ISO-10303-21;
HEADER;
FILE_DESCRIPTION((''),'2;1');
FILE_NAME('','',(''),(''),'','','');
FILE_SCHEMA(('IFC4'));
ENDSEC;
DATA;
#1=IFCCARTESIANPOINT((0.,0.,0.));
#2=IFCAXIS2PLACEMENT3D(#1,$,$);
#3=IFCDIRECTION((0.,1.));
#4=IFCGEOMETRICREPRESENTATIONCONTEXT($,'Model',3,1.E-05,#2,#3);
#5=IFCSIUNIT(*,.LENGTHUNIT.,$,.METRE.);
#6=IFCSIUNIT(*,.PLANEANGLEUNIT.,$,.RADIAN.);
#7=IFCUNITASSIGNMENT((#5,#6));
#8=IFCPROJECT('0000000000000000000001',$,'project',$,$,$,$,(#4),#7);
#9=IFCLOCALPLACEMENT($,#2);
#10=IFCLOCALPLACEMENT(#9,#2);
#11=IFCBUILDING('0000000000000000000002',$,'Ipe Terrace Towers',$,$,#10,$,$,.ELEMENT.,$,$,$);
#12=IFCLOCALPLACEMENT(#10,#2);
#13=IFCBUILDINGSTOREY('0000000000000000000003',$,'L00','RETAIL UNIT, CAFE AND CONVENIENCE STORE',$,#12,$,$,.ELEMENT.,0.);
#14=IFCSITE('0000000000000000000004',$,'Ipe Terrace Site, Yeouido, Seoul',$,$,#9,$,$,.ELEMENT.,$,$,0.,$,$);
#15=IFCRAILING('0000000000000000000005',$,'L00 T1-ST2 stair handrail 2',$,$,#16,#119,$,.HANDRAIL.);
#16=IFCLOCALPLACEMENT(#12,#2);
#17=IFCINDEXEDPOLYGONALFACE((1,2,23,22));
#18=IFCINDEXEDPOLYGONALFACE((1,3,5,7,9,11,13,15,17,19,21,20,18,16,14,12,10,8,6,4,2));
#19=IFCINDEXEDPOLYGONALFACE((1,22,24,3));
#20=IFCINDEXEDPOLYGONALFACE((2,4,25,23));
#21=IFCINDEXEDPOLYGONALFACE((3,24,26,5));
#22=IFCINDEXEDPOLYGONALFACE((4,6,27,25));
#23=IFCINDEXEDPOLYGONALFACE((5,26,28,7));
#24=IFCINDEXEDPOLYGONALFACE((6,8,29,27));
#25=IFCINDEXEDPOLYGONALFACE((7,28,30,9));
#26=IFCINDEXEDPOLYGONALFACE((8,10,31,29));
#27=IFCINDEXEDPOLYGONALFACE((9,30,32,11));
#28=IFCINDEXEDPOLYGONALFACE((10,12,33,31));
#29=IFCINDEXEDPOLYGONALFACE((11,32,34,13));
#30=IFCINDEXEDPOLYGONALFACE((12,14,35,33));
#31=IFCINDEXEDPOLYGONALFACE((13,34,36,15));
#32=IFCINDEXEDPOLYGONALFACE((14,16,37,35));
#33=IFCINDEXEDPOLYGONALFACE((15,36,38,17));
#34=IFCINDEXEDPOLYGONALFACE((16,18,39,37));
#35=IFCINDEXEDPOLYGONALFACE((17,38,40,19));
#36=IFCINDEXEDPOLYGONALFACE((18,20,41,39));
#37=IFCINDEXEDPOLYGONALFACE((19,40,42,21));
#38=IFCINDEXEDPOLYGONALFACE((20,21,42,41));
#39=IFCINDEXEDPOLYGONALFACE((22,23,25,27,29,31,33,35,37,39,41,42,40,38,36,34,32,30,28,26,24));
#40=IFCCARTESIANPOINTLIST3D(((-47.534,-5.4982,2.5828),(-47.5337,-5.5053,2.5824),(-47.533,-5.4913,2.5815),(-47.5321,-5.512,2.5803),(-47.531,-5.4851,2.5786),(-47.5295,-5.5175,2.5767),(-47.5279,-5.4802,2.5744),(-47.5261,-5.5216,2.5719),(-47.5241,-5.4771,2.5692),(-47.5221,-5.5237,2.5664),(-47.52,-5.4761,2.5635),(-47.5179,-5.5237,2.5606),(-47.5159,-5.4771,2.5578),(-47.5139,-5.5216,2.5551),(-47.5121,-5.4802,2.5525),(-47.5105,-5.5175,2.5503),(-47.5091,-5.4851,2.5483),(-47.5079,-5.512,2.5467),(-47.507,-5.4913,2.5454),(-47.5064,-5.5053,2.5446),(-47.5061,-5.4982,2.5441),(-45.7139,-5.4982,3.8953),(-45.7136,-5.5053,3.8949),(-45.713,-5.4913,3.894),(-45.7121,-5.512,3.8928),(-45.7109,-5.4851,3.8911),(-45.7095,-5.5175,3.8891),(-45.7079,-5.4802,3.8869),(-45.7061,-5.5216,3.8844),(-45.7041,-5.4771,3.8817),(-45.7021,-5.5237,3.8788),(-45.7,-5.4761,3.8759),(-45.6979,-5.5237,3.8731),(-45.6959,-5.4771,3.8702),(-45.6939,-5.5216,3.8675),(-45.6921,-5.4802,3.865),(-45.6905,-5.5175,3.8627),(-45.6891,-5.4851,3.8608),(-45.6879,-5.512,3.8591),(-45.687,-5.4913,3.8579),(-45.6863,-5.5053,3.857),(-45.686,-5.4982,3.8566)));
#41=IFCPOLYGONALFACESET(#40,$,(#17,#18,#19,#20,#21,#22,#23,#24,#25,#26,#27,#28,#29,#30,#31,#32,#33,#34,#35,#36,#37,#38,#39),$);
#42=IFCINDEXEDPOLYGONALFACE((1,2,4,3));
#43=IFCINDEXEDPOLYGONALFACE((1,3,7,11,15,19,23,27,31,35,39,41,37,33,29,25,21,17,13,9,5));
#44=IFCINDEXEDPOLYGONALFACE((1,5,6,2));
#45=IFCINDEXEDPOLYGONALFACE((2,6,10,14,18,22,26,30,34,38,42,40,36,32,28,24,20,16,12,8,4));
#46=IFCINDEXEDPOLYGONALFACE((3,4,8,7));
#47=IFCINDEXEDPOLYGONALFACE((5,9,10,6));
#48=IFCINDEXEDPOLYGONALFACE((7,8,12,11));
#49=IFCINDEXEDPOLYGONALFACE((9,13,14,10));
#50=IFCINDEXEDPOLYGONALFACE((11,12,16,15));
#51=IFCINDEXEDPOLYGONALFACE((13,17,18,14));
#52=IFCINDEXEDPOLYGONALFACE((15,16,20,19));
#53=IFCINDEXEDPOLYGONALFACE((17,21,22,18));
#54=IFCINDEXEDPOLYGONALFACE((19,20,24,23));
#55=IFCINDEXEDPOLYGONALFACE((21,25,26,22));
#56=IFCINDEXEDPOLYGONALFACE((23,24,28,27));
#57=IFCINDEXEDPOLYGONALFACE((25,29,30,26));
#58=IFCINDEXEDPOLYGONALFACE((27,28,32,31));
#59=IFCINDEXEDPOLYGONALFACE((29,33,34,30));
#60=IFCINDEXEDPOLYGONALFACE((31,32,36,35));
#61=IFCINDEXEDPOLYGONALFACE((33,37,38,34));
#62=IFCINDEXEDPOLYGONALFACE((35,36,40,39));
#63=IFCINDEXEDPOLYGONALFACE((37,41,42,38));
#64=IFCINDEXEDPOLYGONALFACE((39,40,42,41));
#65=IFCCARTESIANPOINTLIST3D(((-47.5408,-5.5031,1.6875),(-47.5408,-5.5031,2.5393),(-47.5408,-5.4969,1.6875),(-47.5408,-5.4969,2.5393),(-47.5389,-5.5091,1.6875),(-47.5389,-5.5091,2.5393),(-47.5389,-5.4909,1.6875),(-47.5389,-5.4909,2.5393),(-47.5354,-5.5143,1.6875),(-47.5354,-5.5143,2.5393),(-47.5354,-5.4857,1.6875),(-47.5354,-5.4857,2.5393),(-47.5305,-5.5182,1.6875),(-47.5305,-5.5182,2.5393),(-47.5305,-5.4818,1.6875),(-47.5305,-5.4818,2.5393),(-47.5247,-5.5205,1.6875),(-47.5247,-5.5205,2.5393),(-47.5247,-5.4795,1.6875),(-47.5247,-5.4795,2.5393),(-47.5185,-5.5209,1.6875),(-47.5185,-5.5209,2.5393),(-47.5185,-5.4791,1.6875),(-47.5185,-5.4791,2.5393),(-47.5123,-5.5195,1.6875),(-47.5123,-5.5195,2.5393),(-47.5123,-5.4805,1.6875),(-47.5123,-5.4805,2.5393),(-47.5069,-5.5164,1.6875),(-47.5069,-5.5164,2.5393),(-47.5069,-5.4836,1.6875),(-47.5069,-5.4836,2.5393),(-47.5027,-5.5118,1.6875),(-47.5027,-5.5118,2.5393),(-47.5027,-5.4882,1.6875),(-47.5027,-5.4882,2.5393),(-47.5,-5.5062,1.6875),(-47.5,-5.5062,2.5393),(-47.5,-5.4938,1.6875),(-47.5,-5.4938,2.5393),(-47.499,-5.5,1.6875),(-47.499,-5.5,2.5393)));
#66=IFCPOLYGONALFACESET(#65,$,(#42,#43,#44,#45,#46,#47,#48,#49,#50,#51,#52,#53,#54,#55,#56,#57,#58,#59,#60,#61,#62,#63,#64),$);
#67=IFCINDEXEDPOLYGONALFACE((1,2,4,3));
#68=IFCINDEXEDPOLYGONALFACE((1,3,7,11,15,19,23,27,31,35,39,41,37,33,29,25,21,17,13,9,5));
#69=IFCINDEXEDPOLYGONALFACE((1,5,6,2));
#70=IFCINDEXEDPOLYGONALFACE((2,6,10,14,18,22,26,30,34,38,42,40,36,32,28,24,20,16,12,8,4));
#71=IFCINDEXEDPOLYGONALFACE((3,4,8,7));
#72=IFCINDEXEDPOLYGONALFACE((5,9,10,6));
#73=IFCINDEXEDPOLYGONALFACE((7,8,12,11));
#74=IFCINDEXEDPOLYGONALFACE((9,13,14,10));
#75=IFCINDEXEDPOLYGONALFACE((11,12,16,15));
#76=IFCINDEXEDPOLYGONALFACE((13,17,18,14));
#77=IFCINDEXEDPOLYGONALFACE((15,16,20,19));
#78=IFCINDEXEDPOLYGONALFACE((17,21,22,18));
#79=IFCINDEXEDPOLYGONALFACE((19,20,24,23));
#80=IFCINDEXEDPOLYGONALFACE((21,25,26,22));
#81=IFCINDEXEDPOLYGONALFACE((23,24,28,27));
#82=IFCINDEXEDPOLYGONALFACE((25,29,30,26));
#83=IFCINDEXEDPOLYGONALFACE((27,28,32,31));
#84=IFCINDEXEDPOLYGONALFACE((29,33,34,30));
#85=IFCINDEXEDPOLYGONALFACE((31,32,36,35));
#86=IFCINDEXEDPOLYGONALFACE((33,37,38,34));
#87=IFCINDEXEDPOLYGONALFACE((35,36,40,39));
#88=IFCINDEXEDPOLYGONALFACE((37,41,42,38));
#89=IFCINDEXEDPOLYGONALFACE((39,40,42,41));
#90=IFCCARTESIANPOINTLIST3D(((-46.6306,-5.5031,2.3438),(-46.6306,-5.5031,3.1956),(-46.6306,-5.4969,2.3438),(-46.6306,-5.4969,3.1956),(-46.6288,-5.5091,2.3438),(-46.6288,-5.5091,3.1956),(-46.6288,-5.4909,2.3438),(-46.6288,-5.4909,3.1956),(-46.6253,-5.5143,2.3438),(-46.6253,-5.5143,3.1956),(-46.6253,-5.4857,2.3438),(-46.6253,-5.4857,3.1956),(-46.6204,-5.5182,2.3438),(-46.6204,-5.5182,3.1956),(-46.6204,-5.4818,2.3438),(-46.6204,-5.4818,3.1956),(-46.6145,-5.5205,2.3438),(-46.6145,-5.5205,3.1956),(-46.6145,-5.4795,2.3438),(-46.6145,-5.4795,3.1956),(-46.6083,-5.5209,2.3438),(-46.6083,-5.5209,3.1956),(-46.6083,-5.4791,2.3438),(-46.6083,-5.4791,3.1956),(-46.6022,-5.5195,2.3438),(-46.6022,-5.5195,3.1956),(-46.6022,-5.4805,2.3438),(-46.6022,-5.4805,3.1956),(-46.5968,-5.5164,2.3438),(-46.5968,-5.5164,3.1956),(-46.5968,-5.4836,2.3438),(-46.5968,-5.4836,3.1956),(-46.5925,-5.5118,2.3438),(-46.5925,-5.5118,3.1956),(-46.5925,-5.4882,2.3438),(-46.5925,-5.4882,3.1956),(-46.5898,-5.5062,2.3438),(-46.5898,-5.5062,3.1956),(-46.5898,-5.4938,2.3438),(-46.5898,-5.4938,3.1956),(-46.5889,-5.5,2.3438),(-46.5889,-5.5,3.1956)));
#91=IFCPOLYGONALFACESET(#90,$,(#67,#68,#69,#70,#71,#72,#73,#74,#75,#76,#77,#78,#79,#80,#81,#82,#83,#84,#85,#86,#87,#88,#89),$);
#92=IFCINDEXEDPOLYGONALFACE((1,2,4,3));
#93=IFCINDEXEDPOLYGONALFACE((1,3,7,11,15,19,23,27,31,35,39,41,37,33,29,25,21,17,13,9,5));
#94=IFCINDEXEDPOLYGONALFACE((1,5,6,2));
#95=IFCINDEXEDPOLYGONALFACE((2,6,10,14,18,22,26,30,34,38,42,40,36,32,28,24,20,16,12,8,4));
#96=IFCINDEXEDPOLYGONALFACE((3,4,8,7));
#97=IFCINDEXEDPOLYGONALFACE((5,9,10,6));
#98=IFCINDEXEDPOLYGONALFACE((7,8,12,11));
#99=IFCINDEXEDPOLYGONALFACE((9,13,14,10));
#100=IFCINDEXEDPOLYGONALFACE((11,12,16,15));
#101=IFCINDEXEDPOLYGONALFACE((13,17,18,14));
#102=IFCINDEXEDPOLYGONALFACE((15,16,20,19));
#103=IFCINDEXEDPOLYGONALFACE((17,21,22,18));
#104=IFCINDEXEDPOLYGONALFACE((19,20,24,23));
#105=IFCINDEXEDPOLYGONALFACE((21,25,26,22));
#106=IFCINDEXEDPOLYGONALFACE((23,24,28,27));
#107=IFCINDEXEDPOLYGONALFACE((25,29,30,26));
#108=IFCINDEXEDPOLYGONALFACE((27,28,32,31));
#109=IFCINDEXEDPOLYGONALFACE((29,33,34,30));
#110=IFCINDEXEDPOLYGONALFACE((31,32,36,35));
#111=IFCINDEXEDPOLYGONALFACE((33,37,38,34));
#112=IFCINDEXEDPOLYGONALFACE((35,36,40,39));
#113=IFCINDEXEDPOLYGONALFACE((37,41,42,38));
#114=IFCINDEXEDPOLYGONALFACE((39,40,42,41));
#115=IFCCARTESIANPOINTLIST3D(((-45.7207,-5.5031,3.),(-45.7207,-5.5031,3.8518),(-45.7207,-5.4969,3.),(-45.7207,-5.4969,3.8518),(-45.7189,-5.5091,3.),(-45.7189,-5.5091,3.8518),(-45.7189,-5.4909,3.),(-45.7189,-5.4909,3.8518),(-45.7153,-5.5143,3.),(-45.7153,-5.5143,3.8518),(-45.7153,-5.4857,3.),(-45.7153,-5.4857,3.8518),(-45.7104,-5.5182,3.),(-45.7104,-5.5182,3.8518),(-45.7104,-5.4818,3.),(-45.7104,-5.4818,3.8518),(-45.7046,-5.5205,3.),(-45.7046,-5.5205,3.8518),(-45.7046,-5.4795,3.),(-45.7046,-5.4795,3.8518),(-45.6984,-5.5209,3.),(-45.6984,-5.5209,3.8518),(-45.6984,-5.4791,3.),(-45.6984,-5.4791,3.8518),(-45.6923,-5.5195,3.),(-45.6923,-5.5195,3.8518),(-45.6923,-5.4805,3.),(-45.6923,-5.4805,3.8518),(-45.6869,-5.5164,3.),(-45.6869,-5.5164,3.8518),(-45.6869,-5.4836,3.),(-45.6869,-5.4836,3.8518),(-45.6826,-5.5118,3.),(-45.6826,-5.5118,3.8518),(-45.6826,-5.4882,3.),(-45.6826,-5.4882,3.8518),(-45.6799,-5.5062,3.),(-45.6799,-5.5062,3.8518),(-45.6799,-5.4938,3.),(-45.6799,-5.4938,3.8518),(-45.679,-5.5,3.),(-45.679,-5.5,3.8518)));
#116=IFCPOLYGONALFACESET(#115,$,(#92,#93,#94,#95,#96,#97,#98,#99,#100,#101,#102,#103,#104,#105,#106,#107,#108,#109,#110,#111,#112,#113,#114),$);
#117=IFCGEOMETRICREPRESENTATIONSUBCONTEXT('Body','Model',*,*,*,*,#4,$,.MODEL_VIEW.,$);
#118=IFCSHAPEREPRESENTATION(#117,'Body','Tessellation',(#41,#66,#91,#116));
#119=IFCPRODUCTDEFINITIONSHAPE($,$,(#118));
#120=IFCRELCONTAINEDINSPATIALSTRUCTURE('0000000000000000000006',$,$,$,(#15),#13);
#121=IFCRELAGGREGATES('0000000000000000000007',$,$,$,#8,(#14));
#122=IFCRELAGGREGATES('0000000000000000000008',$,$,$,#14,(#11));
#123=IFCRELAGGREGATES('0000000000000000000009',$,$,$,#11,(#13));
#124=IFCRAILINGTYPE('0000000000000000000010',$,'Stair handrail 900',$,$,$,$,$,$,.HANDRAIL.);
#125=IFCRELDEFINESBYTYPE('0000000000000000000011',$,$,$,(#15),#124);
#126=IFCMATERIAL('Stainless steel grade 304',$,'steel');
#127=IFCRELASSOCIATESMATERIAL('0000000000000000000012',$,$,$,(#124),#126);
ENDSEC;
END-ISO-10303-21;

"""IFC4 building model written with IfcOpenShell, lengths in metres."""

from ifc_helpers import new_model, si_unit, direction, frame, origin, origin_2d, place, context, subcontext, project, spatial, circle, extrude, material, type_object, element, save


model = new_model("IFC4")

# Units and contexts
model_context = context("Model", 3, precision=1e-05, world=origin(), true_north=direction((0.0, 1.0)))
body_context = subcontext(model_context, "Body", "Model", "MODEL_VIEW")
ifc_project = project(units=[si_unit("LENGTHUNIT", "METRE"), si_unit("PLANEANGLEUNIT", "RADIAN")], contexts=[model_context])

# Site, building, storey
site_placement = place(None, origin())
site = spatial("IfcSite", under=ifc_project, at=site_placement, Name="Ipe Terrace Site, Yeouido, Seoul", CompositionType="ELEMENT", RefElevation=0.0)
building_placement = place(site_placement, origin())
building = spatial("IfcBuilding", under=site, at=building_placement, Name="Ipe Terrace Towers", CompositionType="ELEMENT")
storey_placement = place(building_placement, origin())
storey = spatial("IfcBuildingStorey", under=building, at=storey_placement, Name="L00", Description="RETAIL UNIT, CAFE AND CONVENIENCE STORE", CompositionType="ELEMENT", Elevation=0.0)

# Railing
ifc_material_1 = material(Name="Stainless steel grade 304", Category="steel")
railing_type_1 = type_object("IfcRailingType", Name="Stair handrail 900", PredefinedType="HANDRAIL", material=ifc_material_1)
railing_1_placement = place(storey_placement, frame((-47.52, -5.5, 1.6875)))
element("IfcRailing", 1, at=railing_1_placement, inside=storey, type_object=railing_type_1, Name="L00 T1-ST2 stair handrail 2", PredefinedType="HANDRAIL", context=body_context, shape_type="SweptSolid", body=[
    extrude(circle(Radius=0.0239, at=origin_2d()), frame((0.0, 0.0, 0.876), z_axis=(0.811101, 0.0, 0.584906), x_axis=(0.0, 1.0, 0.0)), (0.0, 0.0, 1.0), 2.2439),
    extrude(circle(Radius=0.021, at=origin_2d()), origin(), (0.0, 0.0, 1.0), 0.8518),
    extrude(circle(Radius=0.021, at=origin_2d()), frame((0.9102, 0.0, 0.6562)), (0.0, 0.0, 1.0), 0.8518),
    extrude(circle(Radius=0.021, at=origin_2d()), frame((1.8201, 0.0, 1.3125)), (0.0, 0.0, 1.0), 0.8518),
])

save(model, "model.ifc")
